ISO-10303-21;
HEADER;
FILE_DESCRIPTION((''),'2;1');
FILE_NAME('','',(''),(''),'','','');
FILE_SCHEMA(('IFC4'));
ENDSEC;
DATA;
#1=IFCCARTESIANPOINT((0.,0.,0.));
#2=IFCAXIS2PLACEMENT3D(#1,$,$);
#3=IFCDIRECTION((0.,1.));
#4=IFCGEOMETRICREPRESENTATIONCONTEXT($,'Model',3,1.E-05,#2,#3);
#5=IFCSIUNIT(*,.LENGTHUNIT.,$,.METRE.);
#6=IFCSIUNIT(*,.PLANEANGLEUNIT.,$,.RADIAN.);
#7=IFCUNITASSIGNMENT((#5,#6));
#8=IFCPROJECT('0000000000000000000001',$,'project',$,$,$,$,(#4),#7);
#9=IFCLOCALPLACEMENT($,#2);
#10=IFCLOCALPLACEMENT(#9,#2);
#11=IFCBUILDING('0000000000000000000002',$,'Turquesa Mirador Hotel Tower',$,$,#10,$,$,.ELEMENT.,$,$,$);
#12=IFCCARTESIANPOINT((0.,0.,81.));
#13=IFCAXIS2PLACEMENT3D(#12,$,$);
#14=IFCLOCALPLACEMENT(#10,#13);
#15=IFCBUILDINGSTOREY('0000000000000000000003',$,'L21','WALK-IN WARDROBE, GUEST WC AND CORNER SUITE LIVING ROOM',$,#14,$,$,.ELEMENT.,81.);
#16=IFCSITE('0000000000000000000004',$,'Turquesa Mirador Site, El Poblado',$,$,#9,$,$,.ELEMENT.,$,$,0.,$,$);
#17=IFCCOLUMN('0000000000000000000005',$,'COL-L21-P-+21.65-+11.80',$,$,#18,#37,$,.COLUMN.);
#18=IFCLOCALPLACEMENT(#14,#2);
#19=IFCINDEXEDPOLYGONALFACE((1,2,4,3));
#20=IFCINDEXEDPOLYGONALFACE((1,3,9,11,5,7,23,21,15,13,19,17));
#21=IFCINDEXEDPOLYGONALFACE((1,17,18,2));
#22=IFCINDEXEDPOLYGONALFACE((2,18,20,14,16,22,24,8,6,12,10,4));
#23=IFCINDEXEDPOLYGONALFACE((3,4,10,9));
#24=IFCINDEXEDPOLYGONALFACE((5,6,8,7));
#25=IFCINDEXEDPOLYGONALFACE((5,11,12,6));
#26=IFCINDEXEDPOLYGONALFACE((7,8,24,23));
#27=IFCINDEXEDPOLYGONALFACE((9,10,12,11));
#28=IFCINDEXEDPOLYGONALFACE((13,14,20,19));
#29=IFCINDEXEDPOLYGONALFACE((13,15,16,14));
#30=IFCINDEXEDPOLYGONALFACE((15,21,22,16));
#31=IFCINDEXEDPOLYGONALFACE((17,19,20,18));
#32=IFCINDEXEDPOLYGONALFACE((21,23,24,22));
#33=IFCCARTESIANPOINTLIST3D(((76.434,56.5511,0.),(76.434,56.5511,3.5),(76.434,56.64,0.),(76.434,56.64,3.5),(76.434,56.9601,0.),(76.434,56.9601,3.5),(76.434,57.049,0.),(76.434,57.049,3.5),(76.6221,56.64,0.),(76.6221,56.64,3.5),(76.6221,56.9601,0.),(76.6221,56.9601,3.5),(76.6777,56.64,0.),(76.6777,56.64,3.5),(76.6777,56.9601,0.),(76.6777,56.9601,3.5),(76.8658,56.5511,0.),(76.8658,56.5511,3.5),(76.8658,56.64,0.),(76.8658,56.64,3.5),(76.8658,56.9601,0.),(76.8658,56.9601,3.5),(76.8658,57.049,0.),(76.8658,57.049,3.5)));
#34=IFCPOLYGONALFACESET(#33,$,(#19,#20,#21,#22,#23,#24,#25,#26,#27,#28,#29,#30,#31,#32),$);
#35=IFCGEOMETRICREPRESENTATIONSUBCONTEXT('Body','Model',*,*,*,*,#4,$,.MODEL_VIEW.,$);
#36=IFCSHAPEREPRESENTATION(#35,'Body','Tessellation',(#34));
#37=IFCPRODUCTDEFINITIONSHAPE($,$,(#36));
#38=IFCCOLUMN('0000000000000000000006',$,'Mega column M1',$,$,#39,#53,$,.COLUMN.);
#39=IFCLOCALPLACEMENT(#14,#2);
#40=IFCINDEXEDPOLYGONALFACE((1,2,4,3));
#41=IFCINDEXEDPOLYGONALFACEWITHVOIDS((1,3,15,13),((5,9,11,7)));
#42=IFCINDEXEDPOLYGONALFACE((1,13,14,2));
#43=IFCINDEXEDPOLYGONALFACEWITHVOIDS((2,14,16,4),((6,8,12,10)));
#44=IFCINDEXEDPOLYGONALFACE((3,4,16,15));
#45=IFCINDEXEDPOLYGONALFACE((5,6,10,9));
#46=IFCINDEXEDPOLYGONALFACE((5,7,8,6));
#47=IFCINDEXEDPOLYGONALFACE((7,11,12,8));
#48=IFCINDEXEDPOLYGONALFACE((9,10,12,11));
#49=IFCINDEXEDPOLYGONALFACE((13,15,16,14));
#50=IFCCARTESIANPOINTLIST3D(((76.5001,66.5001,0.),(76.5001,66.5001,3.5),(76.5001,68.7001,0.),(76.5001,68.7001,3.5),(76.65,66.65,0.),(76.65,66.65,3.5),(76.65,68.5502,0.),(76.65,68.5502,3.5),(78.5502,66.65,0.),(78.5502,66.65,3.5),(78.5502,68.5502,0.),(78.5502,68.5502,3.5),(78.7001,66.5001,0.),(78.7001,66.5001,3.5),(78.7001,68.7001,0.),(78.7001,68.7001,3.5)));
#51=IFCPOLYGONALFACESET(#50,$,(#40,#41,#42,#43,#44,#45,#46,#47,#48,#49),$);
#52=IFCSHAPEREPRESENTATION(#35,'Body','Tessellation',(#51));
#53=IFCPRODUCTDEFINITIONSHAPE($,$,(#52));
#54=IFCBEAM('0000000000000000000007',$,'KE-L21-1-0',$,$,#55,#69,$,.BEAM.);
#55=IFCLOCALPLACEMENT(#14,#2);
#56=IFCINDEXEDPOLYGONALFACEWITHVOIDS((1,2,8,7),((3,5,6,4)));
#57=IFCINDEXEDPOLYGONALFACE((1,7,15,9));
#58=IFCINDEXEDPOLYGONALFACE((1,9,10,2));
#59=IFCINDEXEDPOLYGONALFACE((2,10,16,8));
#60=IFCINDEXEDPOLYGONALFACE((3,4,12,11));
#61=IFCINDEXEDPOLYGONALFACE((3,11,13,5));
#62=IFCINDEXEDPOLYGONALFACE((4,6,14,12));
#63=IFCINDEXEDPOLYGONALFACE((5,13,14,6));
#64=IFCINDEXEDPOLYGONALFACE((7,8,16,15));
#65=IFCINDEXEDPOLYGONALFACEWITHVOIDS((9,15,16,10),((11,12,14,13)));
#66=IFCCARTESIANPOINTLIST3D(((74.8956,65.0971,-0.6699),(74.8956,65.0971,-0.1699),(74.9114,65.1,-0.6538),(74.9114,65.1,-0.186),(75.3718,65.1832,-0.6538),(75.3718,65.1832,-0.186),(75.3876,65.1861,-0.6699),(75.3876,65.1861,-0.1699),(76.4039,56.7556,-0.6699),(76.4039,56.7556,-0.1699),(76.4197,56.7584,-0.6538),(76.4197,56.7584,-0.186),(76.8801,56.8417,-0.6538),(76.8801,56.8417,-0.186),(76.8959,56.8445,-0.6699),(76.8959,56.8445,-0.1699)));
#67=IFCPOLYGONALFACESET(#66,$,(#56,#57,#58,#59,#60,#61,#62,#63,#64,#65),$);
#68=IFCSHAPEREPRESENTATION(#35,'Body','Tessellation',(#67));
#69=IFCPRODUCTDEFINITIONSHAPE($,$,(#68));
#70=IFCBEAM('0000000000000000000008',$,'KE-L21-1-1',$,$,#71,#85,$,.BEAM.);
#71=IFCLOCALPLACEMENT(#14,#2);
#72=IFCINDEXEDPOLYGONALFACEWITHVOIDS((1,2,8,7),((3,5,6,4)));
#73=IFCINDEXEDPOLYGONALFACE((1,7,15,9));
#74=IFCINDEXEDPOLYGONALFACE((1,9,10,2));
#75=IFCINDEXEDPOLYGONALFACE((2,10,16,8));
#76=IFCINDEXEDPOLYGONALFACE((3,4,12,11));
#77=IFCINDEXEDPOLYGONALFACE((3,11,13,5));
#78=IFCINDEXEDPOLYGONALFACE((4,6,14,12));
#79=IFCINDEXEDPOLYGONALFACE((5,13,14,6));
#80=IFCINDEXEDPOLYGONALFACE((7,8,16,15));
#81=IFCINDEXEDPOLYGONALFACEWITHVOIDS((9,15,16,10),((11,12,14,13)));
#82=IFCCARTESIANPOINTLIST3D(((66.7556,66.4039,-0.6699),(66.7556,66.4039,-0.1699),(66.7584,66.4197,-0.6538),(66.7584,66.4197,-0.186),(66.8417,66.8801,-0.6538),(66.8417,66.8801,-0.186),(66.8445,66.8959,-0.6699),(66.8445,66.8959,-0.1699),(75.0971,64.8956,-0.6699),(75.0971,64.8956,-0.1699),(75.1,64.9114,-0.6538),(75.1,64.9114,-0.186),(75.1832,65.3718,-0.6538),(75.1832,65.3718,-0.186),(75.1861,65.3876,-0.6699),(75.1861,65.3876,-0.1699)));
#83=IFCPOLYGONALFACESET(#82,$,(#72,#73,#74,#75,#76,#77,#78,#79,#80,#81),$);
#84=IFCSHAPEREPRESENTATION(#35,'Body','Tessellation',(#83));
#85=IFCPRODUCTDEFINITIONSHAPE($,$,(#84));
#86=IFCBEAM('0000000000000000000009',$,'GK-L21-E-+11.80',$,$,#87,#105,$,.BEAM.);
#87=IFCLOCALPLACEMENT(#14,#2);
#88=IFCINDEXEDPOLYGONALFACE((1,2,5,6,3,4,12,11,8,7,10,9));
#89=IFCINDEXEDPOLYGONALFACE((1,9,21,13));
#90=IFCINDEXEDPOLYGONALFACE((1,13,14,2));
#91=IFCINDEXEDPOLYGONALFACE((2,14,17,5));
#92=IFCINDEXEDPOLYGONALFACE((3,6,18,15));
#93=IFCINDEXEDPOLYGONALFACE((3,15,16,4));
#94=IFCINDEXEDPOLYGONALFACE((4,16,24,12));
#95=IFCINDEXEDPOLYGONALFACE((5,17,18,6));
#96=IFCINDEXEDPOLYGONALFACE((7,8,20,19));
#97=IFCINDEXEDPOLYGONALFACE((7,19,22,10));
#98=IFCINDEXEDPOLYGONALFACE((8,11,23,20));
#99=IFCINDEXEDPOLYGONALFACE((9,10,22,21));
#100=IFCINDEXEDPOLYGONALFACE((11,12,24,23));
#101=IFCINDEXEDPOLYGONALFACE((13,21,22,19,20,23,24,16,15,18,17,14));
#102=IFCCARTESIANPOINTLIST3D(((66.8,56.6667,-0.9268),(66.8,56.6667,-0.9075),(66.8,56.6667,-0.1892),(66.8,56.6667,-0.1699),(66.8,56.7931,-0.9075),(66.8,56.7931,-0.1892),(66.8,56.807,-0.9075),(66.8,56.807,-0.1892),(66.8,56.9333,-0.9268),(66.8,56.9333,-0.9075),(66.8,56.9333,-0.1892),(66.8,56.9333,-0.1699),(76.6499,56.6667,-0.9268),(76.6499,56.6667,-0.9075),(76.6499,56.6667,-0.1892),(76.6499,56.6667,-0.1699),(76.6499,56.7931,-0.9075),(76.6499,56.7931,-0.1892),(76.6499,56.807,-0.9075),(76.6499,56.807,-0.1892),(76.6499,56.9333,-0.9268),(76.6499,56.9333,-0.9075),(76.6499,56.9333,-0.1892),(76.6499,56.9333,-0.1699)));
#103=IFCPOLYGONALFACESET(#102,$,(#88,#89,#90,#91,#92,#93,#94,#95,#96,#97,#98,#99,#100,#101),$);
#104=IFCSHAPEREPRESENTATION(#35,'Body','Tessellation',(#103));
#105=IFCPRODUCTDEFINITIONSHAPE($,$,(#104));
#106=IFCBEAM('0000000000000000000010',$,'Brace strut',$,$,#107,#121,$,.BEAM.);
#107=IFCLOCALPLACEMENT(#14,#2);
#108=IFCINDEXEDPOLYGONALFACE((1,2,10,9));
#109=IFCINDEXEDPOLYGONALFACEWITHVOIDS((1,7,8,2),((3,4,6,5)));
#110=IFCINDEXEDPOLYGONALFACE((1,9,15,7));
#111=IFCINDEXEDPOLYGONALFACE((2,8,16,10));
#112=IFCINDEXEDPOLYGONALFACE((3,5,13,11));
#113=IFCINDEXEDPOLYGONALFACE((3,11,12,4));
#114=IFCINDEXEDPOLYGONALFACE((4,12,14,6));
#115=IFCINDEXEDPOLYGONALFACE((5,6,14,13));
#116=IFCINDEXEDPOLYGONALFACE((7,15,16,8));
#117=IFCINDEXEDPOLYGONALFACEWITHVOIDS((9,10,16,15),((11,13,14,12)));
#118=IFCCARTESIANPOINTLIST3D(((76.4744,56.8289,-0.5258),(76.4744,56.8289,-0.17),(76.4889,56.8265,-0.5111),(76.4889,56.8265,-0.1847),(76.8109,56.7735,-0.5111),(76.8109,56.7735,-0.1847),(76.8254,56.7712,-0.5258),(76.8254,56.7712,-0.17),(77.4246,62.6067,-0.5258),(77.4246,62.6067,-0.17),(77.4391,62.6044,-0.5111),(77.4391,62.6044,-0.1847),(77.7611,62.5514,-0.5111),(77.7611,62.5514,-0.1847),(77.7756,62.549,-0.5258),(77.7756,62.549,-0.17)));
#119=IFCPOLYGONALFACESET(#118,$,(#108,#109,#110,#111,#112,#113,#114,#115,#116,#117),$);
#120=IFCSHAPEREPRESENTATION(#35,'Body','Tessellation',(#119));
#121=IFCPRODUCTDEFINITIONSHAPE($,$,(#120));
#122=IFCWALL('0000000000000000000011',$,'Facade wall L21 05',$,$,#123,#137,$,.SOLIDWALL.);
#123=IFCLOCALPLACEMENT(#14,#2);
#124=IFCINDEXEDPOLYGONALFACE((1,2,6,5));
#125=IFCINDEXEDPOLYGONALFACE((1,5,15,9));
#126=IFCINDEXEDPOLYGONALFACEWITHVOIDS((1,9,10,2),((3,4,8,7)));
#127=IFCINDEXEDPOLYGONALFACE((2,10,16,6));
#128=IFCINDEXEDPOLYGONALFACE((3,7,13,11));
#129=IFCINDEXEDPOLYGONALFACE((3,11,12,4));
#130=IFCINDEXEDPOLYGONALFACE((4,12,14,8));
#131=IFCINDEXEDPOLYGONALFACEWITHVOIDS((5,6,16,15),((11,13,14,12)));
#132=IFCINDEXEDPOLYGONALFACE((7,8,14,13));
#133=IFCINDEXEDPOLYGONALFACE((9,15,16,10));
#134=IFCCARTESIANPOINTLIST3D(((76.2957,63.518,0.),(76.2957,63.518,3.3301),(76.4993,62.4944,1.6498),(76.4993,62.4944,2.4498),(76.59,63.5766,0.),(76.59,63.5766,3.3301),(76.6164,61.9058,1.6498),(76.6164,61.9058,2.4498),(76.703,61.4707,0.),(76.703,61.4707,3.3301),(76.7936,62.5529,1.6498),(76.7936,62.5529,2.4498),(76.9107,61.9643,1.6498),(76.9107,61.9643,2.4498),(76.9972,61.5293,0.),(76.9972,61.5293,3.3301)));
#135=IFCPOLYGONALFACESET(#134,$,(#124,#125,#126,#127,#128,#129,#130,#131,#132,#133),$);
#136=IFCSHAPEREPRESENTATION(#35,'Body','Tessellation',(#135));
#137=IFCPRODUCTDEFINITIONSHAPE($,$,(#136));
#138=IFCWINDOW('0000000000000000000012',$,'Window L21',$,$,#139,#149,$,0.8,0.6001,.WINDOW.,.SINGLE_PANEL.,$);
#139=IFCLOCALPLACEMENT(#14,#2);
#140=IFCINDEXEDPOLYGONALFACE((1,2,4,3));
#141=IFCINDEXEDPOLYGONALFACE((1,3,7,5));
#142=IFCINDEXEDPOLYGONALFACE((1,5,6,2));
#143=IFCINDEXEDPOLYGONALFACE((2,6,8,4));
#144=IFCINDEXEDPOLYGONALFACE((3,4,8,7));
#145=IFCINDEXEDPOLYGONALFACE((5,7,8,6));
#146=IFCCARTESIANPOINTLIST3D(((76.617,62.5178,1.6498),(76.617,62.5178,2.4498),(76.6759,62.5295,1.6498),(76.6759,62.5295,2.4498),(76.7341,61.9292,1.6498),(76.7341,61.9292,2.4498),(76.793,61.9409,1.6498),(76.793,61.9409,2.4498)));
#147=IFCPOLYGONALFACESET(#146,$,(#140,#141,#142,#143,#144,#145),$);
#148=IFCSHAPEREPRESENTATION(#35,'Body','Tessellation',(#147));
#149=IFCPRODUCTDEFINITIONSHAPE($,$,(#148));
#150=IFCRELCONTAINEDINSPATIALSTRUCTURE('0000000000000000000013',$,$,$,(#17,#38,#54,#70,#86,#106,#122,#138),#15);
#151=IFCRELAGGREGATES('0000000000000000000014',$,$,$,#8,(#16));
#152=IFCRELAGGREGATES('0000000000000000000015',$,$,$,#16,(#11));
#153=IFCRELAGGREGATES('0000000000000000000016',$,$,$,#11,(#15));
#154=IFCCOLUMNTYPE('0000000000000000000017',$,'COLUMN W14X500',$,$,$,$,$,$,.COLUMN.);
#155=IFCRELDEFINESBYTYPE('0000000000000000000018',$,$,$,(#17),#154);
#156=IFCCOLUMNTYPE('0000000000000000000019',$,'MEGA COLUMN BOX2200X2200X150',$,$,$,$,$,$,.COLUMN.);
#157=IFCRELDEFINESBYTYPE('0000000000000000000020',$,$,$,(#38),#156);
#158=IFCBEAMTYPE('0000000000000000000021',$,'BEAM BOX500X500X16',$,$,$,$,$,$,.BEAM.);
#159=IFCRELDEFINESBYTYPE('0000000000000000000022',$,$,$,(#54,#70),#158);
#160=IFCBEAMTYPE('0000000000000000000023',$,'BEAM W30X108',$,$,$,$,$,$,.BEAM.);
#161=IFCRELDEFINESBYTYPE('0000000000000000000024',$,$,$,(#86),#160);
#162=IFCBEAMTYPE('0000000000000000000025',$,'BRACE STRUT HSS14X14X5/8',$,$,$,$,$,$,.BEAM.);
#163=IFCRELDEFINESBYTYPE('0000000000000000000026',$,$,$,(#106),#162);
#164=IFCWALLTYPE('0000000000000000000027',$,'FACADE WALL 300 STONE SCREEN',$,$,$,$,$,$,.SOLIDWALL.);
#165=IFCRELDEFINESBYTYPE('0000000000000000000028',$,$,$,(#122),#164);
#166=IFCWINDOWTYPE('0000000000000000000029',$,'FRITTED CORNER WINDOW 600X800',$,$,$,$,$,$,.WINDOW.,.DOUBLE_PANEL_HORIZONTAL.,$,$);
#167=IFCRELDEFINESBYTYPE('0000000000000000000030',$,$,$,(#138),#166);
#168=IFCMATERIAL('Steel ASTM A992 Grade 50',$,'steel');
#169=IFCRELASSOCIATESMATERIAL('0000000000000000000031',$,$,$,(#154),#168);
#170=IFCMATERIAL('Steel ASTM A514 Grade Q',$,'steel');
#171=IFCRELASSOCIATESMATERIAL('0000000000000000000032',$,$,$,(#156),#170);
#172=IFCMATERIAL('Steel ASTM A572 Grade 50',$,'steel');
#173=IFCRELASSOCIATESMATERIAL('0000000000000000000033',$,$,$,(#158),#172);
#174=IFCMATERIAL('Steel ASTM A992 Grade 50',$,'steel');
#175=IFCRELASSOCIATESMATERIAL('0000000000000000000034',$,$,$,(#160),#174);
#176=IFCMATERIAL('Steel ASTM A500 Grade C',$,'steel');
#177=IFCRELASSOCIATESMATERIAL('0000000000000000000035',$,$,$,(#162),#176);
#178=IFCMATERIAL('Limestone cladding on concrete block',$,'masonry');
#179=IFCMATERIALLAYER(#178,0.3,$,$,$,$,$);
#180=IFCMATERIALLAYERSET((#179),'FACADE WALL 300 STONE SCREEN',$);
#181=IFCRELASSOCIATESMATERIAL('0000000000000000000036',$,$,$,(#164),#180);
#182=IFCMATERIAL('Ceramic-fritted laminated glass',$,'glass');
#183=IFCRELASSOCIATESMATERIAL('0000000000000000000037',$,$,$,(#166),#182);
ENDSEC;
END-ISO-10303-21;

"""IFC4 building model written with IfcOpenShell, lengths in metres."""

from ifc_helpers import new_model, si_unit, direction, frame, frame_2d, origin, origin_2d, place, context, subcontext, project, spatial, rectangle, hollow_rectangle, i_section, extrude, material, layer, layer_set, material_profile, profile_set, type_object, element, fill, save


model = new_model("IFC4")

# Units and contexts
model_context = context("Model", 3, precision=1e-05, world=origin(), true_north=direction((0.0, 1.0)))
body_context = subcontext(model_context, "Body", "Model", "MODEL_VIEW")
ifc_project = project(units=[si_unit("LENGTHUNIT", "METRE"), si_unit("PLANEANGLEUNIT", "RADIAN")], contexts=[model_context])

# Site, building, storey
site_placement = place(None, origin())
site = spatial("IfcSite", under=ifc_project, at=site_placement, Name="Turquesa Mirador Site, El Poblado", CompositionType="ELEMENT", RefElevation=0.0)
building_placement = place(site_placement, origin())
building = spatial("IfcBuilding", under=site, at=building_placement, Name="Turquesa Mirador Hotel Tower", CompositionType="ELEMENT")
storey_placement = place(building_placement, frame((0.0, 0.0, 81.0)))
storey = spatial("IfcBuildingStorey", under=building, at=storey_placement, Name="L21", Description="WALK-IN WARDROBE, GUEST WC AND CORNER SUITE LIVING ROOM", CompositionType="ELEMENT", Elevation=81.0)

# Columns
ifc_material_1 = material(Name="Steel ASTM A992 Grade 50", Category="steel")
ifc_material_profile_1 = material_profile(ifc_material_1, i_section(OverallWidth=0.4319, OverallDepth=0.4978, WebThickness=0.0557, FlangeThickness=0.0889, at=origin_2d()), Name="W14X500")
ifc_profile_set_1 = profile_set([ifc_material_profile_1], Name="Steel ASTM A992 Grade 50")
column_type_1 = type_object("IfcColumnType", Name="COLUMN W14X500", PredefinedType="COLUMN", material=ifc_profile_set_1)
column_1_placement = place(storey_placement, frame((76.6499, 56.8, 0.0), z_axis=(0.0, 0.0, 1.0), x_axis=(1.0, 0.0, 0.0)))
element("IfcColumn", 1, at=column_1_placement, inside=storey, type_object=column_type_1, Name="COL-L21-P-+21.65-+11.80", PredefinedType="COLUMN", context=body_context, shape_type="SweptSolid", body=[
    extrude(i_section(OverallWidth=0.4319, OverallDepth=0.4978, WebThickness=0.0557, FlangeThickness=0.0889, at=origin_2d()), origin(), (0.0, 0.0, 1.0), 3.5),
])
ifc_material_2 = material(Name="Steel ASTM A514 Grade Q", Category="steel")
ifc_material_profile_2 = material_profile(ifc_material_2, hollow_rectangle(XDim=2.2, YDim=2.2, WallThickness=0.1499, at=origin_2d()), Name="BOX2200X2200X150")
ifc_profile_set_2 = profile_set([ifc_material_profile_2], Name="Steel ASTM A514 Grade Q")
column_type_2 = type_object("IfcColumnType", Name="MEGA COLUMN BOX2200X2200X150", PredefinedType="COLUMN", material=ifc_profile_set_2)
column_2_placement = place(storey_placement, frame((77.6001, 67.6001, 0.0), z_axis=(0.0, 0.0, 1.0), x_axis=(1.0, 0.0, 0.0)))
element("IfcColumn", 2, at=column_2_placement, inside=storey, type_object=column_type_2, Name="Mega column M1", PredefinedType="COLUMN", context=body_context, shape_type="SweptSolid", body=[
    extrude(hollow_rectangle(XDim=2.2, YDim=2.2, WallThickness=0.1499, at=origin_2d()), origin(), (0.0, 0.0, 1.0), 3.5),
])

# Beams
ifc_material_3 = material(Name="Steel ASTM A572 Grade 50", Category="steel")
ifc_material_profile_3 = material_profile(ifc_material_3, hollow_rectangle(XDim=0.5, YDim=0.5, WallThickness=0.0161, at=origin_2d()), Name="BOX500X500X16")
ifc_profile_set_3 = profile_set([ifc_material_profile_3], Name="Steel ASTM A572 Grade 50")
beam_type_1 = type_object("IfcBeamType", Name="BEAM BOX500X500X16", PredefinedType="BEAM", material=ifc_profile_set_3)
for number, where, z_axis, x_axis, name in (
    (3, (76.6499, 56.8, -0.4199), (-0.177932, 0.984043, 0.0), (-0.984043, -0.177932, 0.0), "KE-L21-1-0"),
    (4, (75.1416, 65.1416, -0.4199), (-0.984043, 0.177932, 0.0), (-0.177932, -0.984043, 0.0), "KE-L21-1-1"),
):
    element("IfcBeam", number, at=place(storey_placement, frame(where, z_axis=z_axis, x_axis=x_axis)), inside=storey, type_object=beam_type_1, Name=name, PredefinedType="BEAM", context=body_context, shape_type="SweptSolid", body=[
        extrude(hollow_rectangle(XDim=0.5, YDim=0.5, WallThickness=0.0161, at=origin_2d()), origin(), (0.0, 0.0, 1.0), 8.4768),
    ])
ifc_material_4 = material(Name="Steel ASTM A992 Grade 50", Category="steel")
ifc_material_profile_4 = material_profile(ifc_material_4, i_section(OverallWidth=0.2666, OverallDepth=0.7568, WebThickness=0.0139, FlangeThickness=0.0193, at=origin_2d()), Name="W30X108")
ifc_profile_set_4 = profile_set([ifc_material_profile_4], Name="Steel ASTM A992 Grade 50")
beam_type_2 = type_object("IfcBeamType", Name="BEAM W30X108", PredefinedType="BEAM", material=ifc_profile_set_4)
beam_1_placement = place(storey_placement, frame((76.6499, 56.8, -0.5483), z_axis=(-1.0, 0.0, 0.0), x_axis=(0.0, -1.0, 0.0)))
element("IfcBeam", 5, at=beam_1_placement, inside=storey, type_object=beam_type_2, Name="GK-L21-E-+11.80", PredefinedType="BEAM", context=body_context, shape_type="SweptSolid", body=[
    extrude(i_section(OverallWidth=0.2666, OverallDepth=0.7568, WebThickness=0.0139, FlangeThickness=0.0193, at=origin_2d()), origin(), (0.0, 0.0, 1.0), 9.8499),
])
ifc_material_5 = material(Name="Steel ASTM A500 Grade C", Category="steel")
ifc_material_profile_5 = material_profile(ifc_material_5, hollow_rectangle(XDim=0.3557, YDim=0.3557, WallThickness=0.0146, at=origin_2d()), Name="HSS14X14X5/8")
ifc_profile_set_5 = profile_set([ifc_material_profile_5], Name="Steel ASTM A500 Grade C")
beam_type_3 = type_object("IfcBeamType", Name="BRACE STRUT HSS14X14X5/8", PredefinedType="BEAM", material=ifc_profile_set_5)
beam_2_placement = place(storey_placement, frame((77.6001, 62.5779, -0.3479), z_axis=(-0.162276, -0.986745, 0.0), x_axis=(0.986745, -0.162276, 0.0)))
element("IfcBeam", 6, at=beam_2_placement, inside=storey, type_object=beam_type_3, Name="Brace strut", PredefinedType="BEAM", context=body_context, shape_type="SweptSolid", body=[
    extrude(hollow_rectangle(XDim=0.3557, YDim=0.3557, WallThickness=0.0146, at=origin_2d()), origin(), (0.0, 0.0, 1.0), 5.8555),
])

# Wall, opening, window
ifc_material_6 = material(Name="Limestone cladding on concrete block", Category="masonry")
ifc_layer = layer(ifc_material_6, 0.3)
ifc_layer_set = layer_set([ifc_layer], Name="FACADE WALL 300 STONE SCREEN")
wall_type = type_object("IfcWallType", Name="FACADE WALL 300 STONE SCREEN", PredefinedType="SOLIDWALL", material=ifc_layer_set)
wall_1_placement = place(storey_placement, frame((76.8501, 61.5, 0.0), z_axis=(0.0, 0.0, 1.0), x_axis=(-0.195081, 0.980787, 0.0)))
wall_1 = element("IfcWall", 7, at=wall_1_placement, inside=storey, type_object=wall_type, Name="Facade wall L21 05", PredefinedType="SOLIDWALL", context=body_context, shape_type="SweptSolid", body=[
    extrude(rectangle(XDim=2.0874, YDim=0.3, at=frame_2d((1.0437, 0.0))), origin(), (0.0, 0.0, 1.0), 3.3301),
])
opening_1_placement = place(wall_1_placement, frame((0.4436, 0.0, 1.6499)))
opening_1 = element("IfcOpeningElement", 8, at=opening_1_placement, cuts=wall_1, PredefinedType="OPENING", context=body_context, shape_type="SweptSolid", body=[
    extrude(rectangle(XDim=0.6001, YDim=0.8, at=frame_2d((0.3, 0.3999))), frame((0.0, 0.1599, 0.0), z_axis=(0.0, -1.0, 0.0), x_axis=(1.0, 0.0, 0.0)), (0.0, 0.0, 1.0), 0.3201),
])
ifc_material_7 = material(Name="Ceramic-fritted laminated glass", Category="glass")
window_type_1 = type_object("IfcWindowType", Name="FRITTED CORNER WINDOW 600X800", PartitioningType="DOUBLE_PANEL_HORIZONTAL", PredefinedType="WINDOW", material=ifc_material_7)
window_1_placement = place(opening_1_placement, origin())
window_1 = element("IfcWindow", 9, at=window_1_placement, inside=storey, type_object=window_type_1, Name="Window L21", OverallHeight=0.8, OverallWidth=0.6001, PartitioningType="SINGLE_PANEL", PredefinedType="WINDOW", context=body_context, shape_type="SweptSolid", body=[
    extrude(rectangle(XDim=0.6001, YDim=0.8, at=frame_2d((0.3, 0.3999))), frame((0.0, 0.03, 0.0), z_axis=(0.0, -1.0, 0.0), x_axis=(1.0, 0.0, 0.0)), (0.0, 0.0, 1.0), 0.0601),
])
fill(opening_1, window_1)

save(model, "model.ifc")
